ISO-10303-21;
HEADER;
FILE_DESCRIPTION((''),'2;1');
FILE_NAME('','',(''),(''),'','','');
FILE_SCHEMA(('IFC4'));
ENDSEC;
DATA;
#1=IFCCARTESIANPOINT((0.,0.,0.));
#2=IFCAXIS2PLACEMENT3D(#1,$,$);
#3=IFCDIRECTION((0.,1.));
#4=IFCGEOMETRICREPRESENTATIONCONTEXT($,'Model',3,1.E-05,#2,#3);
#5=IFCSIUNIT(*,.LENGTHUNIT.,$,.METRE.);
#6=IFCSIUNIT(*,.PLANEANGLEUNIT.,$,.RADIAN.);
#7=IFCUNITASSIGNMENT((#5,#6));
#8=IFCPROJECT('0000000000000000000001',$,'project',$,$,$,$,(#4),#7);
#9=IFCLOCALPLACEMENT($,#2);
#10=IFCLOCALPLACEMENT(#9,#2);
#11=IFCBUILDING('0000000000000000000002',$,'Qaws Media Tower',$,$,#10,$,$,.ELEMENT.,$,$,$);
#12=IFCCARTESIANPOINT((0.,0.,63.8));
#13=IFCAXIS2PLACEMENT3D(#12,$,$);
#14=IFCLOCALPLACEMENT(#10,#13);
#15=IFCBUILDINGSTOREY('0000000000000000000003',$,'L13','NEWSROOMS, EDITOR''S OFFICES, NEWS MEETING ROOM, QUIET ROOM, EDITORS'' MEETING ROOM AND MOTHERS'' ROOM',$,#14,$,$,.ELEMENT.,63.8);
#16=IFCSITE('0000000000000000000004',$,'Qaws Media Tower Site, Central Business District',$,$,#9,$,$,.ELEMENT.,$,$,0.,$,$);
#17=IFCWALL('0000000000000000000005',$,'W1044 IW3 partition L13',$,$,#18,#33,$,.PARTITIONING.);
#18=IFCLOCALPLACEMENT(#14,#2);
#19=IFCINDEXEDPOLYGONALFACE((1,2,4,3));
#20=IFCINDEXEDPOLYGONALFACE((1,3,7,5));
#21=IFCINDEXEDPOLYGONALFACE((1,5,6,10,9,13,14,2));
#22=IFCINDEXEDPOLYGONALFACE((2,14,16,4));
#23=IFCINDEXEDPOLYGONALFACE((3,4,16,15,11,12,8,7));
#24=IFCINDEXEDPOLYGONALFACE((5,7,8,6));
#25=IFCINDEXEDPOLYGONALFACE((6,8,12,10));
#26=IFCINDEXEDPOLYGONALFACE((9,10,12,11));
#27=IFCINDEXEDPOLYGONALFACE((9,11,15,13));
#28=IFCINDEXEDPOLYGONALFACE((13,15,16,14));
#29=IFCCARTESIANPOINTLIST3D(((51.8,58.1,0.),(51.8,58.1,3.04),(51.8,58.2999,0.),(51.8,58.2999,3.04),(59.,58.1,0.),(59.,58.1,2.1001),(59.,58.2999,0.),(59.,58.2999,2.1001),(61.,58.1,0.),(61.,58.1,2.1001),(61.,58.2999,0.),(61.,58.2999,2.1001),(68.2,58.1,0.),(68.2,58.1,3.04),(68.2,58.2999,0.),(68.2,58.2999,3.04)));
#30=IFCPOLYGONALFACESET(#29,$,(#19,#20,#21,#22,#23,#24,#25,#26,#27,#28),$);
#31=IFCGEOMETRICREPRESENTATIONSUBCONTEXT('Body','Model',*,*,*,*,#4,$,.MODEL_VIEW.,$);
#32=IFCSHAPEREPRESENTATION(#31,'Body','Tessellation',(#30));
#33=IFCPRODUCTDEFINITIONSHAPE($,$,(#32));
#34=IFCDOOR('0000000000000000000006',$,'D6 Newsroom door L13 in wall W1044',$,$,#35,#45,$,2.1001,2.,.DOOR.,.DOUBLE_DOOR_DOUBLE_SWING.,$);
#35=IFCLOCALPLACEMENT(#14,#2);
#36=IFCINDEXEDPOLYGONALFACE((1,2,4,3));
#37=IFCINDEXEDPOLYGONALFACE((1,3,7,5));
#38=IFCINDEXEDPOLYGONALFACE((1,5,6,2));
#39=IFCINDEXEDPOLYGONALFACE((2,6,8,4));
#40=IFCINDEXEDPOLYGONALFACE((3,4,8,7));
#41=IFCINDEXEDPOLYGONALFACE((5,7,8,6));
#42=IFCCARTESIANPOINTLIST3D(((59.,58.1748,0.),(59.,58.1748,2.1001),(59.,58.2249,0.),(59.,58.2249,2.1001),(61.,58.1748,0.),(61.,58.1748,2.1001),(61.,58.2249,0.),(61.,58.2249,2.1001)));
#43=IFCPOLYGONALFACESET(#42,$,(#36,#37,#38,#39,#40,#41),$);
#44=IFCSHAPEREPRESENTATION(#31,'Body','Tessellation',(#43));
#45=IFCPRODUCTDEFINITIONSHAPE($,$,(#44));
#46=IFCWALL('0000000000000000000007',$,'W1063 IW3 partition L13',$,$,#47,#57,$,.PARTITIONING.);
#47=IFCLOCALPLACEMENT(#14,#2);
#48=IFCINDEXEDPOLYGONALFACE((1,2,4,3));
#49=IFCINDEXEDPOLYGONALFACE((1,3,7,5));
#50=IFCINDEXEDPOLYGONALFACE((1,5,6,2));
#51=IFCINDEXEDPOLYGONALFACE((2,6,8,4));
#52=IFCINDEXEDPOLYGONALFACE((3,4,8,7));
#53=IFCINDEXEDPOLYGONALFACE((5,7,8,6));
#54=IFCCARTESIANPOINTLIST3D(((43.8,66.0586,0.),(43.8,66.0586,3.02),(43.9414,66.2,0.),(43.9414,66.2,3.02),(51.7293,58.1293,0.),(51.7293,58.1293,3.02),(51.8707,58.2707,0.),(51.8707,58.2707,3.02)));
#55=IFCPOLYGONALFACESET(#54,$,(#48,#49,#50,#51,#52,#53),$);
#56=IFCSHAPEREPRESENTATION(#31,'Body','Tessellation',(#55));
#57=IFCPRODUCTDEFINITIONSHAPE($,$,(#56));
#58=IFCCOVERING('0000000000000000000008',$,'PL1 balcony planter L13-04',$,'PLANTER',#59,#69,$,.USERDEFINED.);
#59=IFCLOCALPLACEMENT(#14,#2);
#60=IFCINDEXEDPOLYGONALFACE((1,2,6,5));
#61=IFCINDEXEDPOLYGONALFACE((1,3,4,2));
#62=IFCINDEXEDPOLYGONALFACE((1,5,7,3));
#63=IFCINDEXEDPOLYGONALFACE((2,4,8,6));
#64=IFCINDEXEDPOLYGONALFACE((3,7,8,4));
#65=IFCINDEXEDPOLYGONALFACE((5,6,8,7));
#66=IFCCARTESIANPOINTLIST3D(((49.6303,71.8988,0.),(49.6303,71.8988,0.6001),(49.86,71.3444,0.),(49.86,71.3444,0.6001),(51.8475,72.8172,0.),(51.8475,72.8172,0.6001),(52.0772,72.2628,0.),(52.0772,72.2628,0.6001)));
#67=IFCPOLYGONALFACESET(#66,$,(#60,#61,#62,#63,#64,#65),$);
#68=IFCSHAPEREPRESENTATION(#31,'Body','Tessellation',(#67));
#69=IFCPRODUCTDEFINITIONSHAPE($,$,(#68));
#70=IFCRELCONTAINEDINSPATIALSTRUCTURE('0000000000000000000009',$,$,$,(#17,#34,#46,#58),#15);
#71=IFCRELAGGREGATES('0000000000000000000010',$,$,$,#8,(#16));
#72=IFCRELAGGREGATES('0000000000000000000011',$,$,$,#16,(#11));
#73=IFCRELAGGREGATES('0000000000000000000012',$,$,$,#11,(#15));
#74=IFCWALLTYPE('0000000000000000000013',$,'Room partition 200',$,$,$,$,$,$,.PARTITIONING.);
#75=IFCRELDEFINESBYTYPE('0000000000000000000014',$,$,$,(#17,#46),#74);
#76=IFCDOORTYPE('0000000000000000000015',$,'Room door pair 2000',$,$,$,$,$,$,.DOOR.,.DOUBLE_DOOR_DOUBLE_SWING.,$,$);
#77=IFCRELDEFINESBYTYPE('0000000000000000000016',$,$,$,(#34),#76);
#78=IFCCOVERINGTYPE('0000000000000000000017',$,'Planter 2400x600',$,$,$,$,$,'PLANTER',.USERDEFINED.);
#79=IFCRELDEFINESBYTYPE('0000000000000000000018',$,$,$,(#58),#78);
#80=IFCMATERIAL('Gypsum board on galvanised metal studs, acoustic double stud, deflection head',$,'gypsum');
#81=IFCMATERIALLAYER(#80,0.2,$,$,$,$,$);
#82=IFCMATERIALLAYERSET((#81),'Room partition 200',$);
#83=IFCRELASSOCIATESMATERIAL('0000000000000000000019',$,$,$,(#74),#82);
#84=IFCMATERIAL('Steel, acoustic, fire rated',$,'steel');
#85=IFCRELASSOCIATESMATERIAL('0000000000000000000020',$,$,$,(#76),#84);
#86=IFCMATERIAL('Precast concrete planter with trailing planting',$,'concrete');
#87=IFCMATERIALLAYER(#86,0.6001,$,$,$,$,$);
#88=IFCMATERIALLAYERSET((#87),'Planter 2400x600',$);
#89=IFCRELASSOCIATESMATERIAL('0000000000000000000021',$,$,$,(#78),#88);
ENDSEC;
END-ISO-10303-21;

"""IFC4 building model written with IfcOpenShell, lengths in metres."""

from ifc_helpers import new_model, si_unit, direction, frame, frame_2d, origin, origin_2d, place, context, subcontext, project, spatial, rectangle, extrude, material, layer, layer_set, type_object, element, fill, save


model = new_model("IFC4")

# Units and contexts
model_context = context("Model", 3, precision=1e-05, world=origin(), true_north=direction((0.0, 1.0)))
body_context = subcontext(model_context, "Body", "Model", "MODEL_VIEW")
ifc_project = project(units=[si_unit("LENGTHUNIT", "METRE"), si_unit("PLANEANGLEUNIT", "RADIAN")], contexts=[model_context])

# Site, building, storey
site_placement = place(None, origin())
site = spatial("IfcSite", under=ifc_project, at=site_placement, Name="Qaws Media Tower Site, Central Business District", CompositionType="ELEMENT", RefElevation=0.0)
building_placement = place(site_placement, origin())
building = spatial("IfcBuilding", under=site, at=building_placement, Name="Qaws Media Tower", CompositionType="ELEMENT")
storey_placement = place(building_placement, frame((0.0, 0.0, 63.8)))
storey = spatial("IfcBuildingStorey", under=building, at=storey_placement, Name="L13", Description="NEWSROOMS, EDITOR'S OFFICES, NEWS MEETING ROOM, QUIET ROOM, EDITORS' MEETING ROOM AND MOTHERS' ROOM", CompositionType="ELEMENT", Elevation=63.8)

# Wall, opening, door
ifc_material_1 = material(Name="Gypsum board on galvanised metal studs, acoustic double stud, deflection head", Category="gypsum")
ifc_layer_1 = layer(ifc_material_1, 0.2)
ifc_layer_set_1 = layer_set([ifc_layer_1], Name="Room partition 200")
wall_type = type_object("IfcWallType", Name="Room partition 200", PredefinedType="PARTITIONING", material=ifc_layer_set_1)
wall_1_placement = place(storey_placement, frame((51.8, 58.2, 0.0), z_axis=(0.0, 0.0, 1.0), x_axis=(1.0, 0.0, 0.0)))
wall_1 = element("IfcWall", 1, at=wall_1_placement, inside=storey, type_object=wall_type, Name="W1044 IW3 partition L13", PredefinedType="PARTITIONING", context=body_context, shape_type="SweptSolid", body=[
    extrude(rectangle(XDim=16.3999, YDim=0.2, at=frame_2d((8.2, 0.0))), origin(), (0.0, 0.0, 1.0), 3.04),
])
opening_placement = place(wall_1_placement, frame((7.2, 0.0, 0.0)))
opening = element("IfcOpeningElement", 2, at=opening_placement, cuts=wall_1, PredefinedType="OPENING", context=body_context, shape_type="SweptSolid", body=[
    extrude(rectangle(XDim=2.0, YDim=2.1001, at=frame_2d((1.0, 1.05))), frame((0.0, 0.1099, 0.0), z_axis=(0.0, -1.0, 0.0), x_axis=(1.0, 0.0, 0.0)), (0.0, 0.0, 1.0), 0.22),
])
ifc_material_2 = material(Name="Steel, acoustic, fire rated", Category="steel")
door_type = type_object("IfcDoorType", Name="Room door pair 2000", OperationType="DOUBLE_DOOR_DOUBLE_SWING", PredefinedType="DOOR", material=ifc_material_2)
door_placement = place(opening_placement, origin())
door = element("IfcDoor", 3, at=door_placement, inside=storey, type_object=door_type, Name="D6 Newsroom door L13 in wall W1044", OperationType="DOUBLE_DOOR_DOUBLE_SWING", OverallHeight=2.1001, OverallWidth=2.0, PredefinedType="DOOR", context=body_context, shape_type="SweptSolid", body=[
    extrude(rectangle(XDim=2.0, YDim=2.1001, at=frame_2d((1.0, 1.05))), frame((0.0, 0.0249, 0.0), z_axis=(0.0, -1.0, 0.0), x_axis=(1.0, 0.0, 0.0)), (0.0, 0.0, 1.0), 0.05),
])
fill(opening, door)

# Wall
wall_2_placement = place(storey_placement, frame((51.8, 58.2, 0.0), z_axis=(0.0, 0.0, 1.0), x_axis=(-0.707107, 0.707107, 0.0)))
element("IfcWall", 4, at=wall_2_placement, inside=storey, type_object=wall_type, Name="W1063 IW3 partition L13", PredefinedType="PARTITIONING", context=body_context, shape_type="SweptSolid", body=[
    extrude(rectangle(XDim=11.2136, YDim=0.2, at=frame_2d((5.6069, 0.0))), origin(), (0.0, 0.0, 1.0), 3.02),
])

# Covering
ifc_material_3 = material(Name="Precast concrete planter with trailing planting", Category="concrete")
ifc_layer_2 = layer(ifc_material_3, 0.6001)
ifc_layer_set_2 = layer_set([ifc_layer_2], Name="Planter 2400x600")
covering_type = type_object("IfcCoveringType", Name="Planter 2400x600", ElementType="PLANTER", PredefinedType="USERDEFINED", material=ifc_layer_set_2)
covering_placement = place(storey_placement, frame((50.8538, 72.0808, 0.0), z_axis=(0.0, 0.0, 1.0), x_axis=(-0.92388, -0.382683, 0.0)))
element("IfcCovering", 5, at=covering_placement, inside=storey, type_object=covering_type, Name="PL1 balcony planter L13-04", ObjectType="PLANTER", PredefinedType="USERDEFINED", context=body_context, shape_type="SweptSolid", body=[
    extrude(rectangle(XDim=2.3999, YDim=0.6001, at=origin_2d()), origin(), (0.0, 0.0, 1.0), 0.6001),
])

save(model, "model.ifc")
